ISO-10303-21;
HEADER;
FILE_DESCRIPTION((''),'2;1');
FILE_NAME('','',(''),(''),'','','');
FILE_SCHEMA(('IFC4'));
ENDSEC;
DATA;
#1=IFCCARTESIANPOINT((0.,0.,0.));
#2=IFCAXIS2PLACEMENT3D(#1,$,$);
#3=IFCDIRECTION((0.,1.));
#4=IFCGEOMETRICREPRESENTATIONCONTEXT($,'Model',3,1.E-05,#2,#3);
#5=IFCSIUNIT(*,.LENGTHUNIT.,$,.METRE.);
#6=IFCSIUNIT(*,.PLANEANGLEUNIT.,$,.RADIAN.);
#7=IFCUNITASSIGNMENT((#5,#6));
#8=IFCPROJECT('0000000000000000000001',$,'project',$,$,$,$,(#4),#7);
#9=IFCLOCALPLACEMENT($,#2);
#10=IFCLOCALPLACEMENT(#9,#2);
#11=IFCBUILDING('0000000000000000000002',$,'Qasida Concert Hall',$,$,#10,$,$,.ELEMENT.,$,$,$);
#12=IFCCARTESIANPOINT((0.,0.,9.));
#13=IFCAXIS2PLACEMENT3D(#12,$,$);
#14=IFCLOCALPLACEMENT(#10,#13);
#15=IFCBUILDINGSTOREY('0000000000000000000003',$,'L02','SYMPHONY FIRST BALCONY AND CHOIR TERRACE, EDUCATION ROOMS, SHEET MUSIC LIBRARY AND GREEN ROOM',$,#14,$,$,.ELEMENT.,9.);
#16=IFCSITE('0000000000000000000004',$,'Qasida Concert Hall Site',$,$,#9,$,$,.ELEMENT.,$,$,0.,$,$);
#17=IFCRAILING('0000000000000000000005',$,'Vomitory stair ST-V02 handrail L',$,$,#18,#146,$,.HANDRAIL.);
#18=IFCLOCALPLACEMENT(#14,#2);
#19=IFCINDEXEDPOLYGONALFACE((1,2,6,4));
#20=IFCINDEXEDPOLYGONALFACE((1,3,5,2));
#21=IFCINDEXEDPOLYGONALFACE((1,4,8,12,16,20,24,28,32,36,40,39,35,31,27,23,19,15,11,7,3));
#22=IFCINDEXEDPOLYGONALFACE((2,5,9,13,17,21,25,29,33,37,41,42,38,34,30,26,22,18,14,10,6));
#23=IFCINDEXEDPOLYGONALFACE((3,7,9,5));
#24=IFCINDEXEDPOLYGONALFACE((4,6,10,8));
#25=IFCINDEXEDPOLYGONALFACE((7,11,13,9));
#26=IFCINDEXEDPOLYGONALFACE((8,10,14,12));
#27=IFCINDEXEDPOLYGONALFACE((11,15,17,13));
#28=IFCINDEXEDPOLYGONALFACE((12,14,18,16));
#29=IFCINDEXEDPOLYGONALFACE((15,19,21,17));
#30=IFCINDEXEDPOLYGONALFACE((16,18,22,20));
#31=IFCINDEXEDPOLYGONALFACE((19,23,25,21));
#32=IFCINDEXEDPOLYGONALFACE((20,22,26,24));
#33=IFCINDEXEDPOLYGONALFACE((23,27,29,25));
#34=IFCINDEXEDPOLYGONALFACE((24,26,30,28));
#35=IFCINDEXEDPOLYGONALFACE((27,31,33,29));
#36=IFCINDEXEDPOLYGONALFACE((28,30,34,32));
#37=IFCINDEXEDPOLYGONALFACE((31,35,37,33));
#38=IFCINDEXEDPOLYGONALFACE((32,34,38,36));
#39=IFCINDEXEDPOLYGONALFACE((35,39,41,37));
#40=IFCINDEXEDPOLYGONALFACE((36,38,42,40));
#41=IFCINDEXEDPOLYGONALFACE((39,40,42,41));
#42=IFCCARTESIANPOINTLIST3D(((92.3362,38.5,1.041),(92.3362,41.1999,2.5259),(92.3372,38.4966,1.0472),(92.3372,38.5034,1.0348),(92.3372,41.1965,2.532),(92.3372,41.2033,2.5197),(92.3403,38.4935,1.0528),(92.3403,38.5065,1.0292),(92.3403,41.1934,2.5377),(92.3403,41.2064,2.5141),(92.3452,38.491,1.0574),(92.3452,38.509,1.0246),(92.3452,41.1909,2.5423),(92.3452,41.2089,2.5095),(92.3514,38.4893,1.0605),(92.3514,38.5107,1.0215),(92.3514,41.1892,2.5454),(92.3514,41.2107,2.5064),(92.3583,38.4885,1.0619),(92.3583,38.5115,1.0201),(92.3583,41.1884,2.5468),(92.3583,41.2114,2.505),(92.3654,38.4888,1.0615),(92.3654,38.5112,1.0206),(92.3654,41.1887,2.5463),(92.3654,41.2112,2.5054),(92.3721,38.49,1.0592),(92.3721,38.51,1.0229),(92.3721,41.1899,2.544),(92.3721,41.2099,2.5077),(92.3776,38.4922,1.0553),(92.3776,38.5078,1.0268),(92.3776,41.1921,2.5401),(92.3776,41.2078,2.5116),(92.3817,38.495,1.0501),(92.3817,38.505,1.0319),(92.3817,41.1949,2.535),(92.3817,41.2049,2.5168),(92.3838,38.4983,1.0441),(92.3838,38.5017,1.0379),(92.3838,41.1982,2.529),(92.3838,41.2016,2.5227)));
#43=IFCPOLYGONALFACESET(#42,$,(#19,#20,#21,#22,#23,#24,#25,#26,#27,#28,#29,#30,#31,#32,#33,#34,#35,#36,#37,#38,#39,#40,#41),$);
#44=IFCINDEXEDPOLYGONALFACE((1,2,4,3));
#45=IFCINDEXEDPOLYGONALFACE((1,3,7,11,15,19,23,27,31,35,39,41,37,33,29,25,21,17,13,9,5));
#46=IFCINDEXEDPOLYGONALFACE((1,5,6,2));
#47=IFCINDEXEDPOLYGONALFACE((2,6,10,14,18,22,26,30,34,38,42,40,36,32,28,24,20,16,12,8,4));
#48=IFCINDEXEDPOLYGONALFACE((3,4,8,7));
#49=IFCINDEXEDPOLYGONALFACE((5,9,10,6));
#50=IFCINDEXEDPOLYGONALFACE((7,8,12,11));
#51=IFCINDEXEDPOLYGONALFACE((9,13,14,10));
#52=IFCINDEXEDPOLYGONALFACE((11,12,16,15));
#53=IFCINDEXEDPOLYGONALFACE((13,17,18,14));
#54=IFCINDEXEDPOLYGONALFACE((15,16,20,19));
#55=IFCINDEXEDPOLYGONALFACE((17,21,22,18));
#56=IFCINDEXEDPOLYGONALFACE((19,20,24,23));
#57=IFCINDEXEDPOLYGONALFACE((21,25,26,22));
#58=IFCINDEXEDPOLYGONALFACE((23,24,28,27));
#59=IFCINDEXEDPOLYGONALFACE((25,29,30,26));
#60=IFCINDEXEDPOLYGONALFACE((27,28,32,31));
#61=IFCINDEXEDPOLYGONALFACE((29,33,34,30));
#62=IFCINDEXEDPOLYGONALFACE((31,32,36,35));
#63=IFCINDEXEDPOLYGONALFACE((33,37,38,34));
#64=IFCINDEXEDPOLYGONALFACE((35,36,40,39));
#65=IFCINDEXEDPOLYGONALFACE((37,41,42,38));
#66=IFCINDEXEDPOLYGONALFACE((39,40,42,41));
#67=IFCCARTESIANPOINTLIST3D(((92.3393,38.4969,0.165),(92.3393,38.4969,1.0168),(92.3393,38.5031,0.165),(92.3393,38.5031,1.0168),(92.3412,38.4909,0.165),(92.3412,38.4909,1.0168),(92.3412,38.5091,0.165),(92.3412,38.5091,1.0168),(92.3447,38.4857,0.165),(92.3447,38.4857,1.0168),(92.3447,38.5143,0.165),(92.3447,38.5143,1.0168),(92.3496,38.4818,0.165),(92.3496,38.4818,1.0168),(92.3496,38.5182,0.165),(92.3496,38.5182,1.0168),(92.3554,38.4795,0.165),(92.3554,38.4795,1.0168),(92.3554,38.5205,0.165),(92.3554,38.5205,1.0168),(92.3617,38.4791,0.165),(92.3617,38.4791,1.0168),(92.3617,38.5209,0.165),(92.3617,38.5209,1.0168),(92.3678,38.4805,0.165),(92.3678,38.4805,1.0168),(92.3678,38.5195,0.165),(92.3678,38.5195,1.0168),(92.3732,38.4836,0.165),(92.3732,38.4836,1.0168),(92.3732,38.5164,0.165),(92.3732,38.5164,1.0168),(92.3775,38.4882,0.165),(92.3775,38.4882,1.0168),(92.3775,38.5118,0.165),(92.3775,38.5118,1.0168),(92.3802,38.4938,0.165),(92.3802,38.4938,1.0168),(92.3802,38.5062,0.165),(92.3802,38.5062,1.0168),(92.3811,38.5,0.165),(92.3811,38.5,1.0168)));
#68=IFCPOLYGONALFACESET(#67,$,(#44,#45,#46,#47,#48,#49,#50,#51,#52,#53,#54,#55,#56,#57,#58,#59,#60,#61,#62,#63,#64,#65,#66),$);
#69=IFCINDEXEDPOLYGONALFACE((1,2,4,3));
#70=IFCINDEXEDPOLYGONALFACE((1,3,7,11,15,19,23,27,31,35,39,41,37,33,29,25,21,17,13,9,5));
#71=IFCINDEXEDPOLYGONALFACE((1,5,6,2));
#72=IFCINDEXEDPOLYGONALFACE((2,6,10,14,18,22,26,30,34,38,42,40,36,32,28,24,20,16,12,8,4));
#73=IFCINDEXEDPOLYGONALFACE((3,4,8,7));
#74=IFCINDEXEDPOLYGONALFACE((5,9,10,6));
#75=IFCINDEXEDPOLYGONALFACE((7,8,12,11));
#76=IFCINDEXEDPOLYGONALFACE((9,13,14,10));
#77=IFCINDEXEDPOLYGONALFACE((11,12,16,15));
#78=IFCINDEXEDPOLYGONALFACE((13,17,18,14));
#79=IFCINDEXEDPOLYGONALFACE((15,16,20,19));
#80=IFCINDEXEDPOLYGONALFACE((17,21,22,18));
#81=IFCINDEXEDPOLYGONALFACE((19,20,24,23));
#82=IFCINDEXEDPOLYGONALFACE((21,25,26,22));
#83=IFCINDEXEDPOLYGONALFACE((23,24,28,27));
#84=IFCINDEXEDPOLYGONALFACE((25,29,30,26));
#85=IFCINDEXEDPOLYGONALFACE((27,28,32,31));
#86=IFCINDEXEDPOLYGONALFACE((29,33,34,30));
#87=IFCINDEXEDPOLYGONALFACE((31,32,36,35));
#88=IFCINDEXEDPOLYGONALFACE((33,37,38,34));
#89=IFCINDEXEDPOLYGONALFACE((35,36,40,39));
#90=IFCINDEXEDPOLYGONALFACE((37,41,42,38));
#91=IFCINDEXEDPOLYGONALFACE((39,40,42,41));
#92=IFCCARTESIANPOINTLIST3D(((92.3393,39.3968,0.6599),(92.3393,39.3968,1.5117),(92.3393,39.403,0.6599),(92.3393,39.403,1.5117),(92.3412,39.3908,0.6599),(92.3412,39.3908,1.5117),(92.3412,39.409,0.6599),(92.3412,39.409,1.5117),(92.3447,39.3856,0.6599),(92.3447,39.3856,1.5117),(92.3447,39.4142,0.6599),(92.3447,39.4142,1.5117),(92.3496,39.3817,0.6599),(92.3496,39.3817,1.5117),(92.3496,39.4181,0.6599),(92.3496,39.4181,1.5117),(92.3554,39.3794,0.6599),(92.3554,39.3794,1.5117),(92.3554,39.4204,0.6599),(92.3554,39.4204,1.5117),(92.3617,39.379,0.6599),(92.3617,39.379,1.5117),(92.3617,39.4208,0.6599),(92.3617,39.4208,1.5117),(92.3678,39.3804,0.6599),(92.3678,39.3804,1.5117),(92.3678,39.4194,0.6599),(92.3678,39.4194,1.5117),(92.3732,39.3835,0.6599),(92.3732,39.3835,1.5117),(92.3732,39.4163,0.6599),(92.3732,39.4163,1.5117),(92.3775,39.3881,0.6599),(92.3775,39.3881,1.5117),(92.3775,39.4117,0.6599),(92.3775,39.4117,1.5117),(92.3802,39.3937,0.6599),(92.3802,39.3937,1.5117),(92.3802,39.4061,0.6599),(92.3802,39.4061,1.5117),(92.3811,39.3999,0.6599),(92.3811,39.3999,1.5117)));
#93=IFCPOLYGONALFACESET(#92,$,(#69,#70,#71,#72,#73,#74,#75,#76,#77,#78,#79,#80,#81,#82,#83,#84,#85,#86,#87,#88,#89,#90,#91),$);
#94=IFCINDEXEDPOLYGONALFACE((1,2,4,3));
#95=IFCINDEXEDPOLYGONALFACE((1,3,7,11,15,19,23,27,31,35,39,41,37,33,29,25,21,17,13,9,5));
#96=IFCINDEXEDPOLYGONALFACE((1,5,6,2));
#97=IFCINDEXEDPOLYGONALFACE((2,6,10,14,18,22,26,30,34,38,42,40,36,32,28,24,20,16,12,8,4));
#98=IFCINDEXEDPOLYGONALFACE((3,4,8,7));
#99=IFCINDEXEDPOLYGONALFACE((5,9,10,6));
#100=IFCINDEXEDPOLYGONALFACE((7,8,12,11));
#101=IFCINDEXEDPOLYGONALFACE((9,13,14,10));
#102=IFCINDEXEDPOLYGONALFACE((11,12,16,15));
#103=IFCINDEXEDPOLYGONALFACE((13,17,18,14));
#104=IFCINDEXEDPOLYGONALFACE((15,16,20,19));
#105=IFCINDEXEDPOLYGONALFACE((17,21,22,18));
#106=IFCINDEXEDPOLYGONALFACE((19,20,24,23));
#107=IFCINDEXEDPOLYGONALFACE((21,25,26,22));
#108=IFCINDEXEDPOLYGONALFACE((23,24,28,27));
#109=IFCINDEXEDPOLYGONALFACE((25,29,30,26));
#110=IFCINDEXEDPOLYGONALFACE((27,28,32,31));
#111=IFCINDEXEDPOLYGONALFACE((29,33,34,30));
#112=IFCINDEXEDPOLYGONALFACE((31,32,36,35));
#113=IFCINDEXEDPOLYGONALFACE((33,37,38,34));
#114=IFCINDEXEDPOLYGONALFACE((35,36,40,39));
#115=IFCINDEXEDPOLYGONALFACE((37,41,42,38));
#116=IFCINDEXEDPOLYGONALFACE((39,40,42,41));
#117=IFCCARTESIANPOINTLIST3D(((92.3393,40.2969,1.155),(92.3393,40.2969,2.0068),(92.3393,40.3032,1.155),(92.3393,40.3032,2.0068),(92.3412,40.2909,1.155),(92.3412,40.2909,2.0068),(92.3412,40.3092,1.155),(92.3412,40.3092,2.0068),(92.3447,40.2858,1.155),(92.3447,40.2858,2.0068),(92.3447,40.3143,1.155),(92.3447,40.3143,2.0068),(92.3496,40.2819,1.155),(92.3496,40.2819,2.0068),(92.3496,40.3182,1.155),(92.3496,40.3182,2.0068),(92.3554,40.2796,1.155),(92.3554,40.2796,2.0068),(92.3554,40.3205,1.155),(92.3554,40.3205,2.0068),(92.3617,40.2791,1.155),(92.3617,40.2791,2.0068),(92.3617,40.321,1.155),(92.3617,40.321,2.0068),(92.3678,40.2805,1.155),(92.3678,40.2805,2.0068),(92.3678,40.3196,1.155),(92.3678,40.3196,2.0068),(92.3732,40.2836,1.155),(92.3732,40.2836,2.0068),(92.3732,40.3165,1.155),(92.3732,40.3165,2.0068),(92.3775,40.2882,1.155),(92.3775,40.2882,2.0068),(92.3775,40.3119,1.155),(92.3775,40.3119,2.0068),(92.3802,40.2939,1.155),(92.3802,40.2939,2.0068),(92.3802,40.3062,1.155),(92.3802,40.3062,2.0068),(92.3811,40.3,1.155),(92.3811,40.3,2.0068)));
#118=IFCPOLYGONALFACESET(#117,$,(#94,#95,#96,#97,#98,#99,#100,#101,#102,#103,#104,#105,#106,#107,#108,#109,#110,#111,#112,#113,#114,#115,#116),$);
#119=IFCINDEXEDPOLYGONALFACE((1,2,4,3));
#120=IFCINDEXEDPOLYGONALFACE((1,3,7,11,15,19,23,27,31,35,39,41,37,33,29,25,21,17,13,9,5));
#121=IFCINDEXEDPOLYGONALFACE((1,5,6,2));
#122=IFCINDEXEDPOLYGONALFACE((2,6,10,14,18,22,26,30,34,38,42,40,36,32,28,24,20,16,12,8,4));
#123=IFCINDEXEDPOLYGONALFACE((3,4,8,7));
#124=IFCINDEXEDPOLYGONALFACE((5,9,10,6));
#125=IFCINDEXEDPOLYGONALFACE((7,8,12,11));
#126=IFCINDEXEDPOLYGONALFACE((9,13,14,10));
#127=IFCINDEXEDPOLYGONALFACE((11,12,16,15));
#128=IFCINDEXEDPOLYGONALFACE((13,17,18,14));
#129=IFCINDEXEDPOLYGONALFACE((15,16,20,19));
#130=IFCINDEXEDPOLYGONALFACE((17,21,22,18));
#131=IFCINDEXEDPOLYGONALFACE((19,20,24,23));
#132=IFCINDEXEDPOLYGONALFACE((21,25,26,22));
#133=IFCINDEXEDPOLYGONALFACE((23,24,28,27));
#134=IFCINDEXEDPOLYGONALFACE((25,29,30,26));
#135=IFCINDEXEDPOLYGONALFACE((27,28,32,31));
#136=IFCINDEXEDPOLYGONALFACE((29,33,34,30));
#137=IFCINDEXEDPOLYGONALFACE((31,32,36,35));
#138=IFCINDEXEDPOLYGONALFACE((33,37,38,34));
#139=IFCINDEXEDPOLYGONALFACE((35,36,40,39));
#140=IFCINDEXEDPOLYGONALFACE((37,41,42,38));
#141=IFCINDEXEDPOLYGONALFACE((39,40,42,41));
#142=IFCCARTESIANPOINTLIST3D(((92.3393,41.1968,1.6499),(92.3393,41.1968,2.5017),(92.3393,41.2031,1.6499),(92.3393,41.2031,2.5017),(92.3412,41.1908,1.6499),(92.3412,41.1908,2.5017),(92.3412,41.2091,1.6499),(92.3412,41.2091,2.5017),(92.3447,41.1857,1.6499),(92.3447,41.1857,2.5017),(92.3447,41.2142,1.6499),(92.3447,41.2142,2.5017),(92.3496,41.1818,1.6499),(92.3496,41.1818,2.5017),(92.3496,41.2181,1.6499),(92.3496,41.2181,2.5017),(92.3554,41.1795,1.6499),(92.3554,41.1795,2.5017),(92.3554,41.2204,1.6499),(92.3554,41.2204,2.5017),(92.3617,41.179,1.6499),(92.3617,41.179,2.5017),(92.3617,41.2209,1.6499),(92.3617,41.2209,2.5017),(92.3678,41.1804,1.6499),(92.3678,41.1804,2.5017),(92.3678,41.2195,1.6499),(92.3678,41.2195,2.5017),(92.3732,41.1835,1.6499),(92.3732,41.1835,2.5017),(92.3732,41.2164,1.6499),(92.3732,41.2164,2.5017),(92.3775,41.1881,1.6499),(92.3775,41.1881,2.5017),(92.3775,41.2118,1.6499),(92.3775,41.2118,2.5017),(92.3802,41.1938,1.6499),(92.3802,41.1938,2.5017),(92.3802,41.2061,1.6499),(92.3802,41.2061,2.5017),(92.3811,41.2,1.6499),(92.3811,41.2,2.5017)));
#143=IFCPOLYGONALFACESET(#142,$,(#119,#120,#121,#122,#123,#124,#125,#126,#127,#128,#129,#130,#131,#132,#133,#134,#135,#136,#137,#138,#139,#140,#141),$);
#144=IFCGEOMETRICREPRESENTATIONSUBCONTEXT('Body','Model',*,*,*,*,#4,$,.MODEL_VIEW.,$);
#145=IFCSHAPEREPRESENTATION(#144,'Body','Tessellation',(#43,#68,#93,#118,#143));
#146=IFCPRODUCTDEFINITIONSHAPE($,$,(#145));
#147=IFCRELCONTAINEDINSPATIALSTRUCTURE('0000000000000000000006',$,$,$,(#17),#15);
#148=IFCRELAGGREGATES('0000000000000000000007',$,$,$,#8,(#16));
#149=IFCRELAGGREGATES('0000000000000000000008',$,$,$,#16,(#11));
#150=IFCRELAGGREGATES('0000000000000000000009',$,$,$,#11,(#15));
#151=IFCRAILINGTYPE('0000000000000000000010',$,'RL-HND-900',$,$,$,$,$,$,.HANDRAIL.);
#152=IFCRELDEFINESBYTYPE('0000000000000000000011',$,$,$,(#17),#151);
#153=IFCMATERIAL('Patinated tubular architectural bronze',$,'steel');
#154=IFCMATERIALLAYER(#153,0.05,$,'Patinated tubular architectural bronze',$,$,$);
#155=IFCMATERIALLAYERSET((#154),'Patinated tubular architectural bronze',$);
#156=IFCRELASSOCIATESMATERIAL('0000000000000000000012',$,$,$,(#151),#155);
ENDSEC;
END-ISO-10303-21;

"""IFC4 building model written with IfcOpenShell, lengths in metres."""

from ifc_helpers import new_model, si_unit, direction, frame, origin, origin_2d, place, context, subcontext, project, spatial, circle, extrude, material, layer, layer_set, type_object, element, save


model = new_model("IFC4")

# Units and contexts
model_context = context("Model", 3, precision=1e-05, world=origin(), true_north=direction((0.0, 1.0)))
body_context = subcontext(model_context, "Body", "Model", "MODEL_VIEW")
ifc_project = project(units=[si_unit("LENGTHUNIT", "METRE"), si_unit("PLANEANGLEUNIT", "RADIAN")], contexts=[model_context])

# Site, building, storey
site_placement = place(None, origin())
site = spatial("IfcSite", under=ifc_project, at=site_placement, Name="Qasida Concert Hall Site", CompositionType="ELEMENT", RefElevation=0.0)
building_placement = place(site_placement, origin())
building = spatial("IfcBuilding", under=site, at=building_placement, Name="Qasida Concert Hall", CompositionType="ELEMENT")
storey_placement = place(building_placement, frame((0.0, 0.0, 9.0)))
storey = spatial("IfcBuildingStorey", under=building, at=storey_placement, Name="L02", Description="SYMPHONY FIRST BALCONY AND CHOIR TERRACE, EDUCATION ROOMS, SHEET MUSIC LIBRARY AND GREEN ROOM", CompositionType="ELEMENT", Elevation=9.0)

# Railing
ifc_material_1 = material(Name="Patinated tubular architectural bronze", Category="steel")
ifc_layer_1 = layer(ifc_material_1, 0.05, Name="Patinated tubular architectural bronze")
ifc_layer_set_1 = layer_set([ifc_layer_1], Name="Patinated tubular architectural bronze")
railing_type_1 = type_object("IfcRailingType", Name="RL-HND-900", PredefinedType="HANDRAIL", material=ifc_layer_set_1)
for number, where, name in (
    (1, (92.3601, 38.5, 0.165), "Vomitory stair ST-V02 handrail L"),
):
    element("IfcRailing", number, at=place(storey_placement, frame(where)), inside=storey, type_object=railing_type_1, Name=name, PredefinedType="HANDRAIL", context=body_context, shape_type="SweptSolid", body=[
        extrude(circle(Radius=0.0239, at=origin_2d()), frame((0.0, 0.0, 0.876), z_axis=(0.0, 0.876231, 0.481891), x_axis=(-1.0, 0.0, 0.0)), (0.0, 0.0, 1.0), 3.0813),
        extrude(circle(Radius=0.021, at=origin_2d()), origin(), (0.0, 0.0, 1.0), 0.8518),
        extrude(circle(Radius=0.021, at=origin_2d()), frame((0.0, 0.8999, 0.4949)), (0.0, 0.0, 1.0), 0.8518),
        extrude(circle(Radius=0.021, at=origin_2d()), frame((0.0, 1.8, 0.99)), (0.0, 0.0, 1.0), 0.8518),
        extrude(circle(Radius=0.021, at=origin_2d()), frame((0.0, 2.7, 1.4849)), (0.0, 0.0, 1.0), 0.8518),
    ])

save(model, "model.ifc")
